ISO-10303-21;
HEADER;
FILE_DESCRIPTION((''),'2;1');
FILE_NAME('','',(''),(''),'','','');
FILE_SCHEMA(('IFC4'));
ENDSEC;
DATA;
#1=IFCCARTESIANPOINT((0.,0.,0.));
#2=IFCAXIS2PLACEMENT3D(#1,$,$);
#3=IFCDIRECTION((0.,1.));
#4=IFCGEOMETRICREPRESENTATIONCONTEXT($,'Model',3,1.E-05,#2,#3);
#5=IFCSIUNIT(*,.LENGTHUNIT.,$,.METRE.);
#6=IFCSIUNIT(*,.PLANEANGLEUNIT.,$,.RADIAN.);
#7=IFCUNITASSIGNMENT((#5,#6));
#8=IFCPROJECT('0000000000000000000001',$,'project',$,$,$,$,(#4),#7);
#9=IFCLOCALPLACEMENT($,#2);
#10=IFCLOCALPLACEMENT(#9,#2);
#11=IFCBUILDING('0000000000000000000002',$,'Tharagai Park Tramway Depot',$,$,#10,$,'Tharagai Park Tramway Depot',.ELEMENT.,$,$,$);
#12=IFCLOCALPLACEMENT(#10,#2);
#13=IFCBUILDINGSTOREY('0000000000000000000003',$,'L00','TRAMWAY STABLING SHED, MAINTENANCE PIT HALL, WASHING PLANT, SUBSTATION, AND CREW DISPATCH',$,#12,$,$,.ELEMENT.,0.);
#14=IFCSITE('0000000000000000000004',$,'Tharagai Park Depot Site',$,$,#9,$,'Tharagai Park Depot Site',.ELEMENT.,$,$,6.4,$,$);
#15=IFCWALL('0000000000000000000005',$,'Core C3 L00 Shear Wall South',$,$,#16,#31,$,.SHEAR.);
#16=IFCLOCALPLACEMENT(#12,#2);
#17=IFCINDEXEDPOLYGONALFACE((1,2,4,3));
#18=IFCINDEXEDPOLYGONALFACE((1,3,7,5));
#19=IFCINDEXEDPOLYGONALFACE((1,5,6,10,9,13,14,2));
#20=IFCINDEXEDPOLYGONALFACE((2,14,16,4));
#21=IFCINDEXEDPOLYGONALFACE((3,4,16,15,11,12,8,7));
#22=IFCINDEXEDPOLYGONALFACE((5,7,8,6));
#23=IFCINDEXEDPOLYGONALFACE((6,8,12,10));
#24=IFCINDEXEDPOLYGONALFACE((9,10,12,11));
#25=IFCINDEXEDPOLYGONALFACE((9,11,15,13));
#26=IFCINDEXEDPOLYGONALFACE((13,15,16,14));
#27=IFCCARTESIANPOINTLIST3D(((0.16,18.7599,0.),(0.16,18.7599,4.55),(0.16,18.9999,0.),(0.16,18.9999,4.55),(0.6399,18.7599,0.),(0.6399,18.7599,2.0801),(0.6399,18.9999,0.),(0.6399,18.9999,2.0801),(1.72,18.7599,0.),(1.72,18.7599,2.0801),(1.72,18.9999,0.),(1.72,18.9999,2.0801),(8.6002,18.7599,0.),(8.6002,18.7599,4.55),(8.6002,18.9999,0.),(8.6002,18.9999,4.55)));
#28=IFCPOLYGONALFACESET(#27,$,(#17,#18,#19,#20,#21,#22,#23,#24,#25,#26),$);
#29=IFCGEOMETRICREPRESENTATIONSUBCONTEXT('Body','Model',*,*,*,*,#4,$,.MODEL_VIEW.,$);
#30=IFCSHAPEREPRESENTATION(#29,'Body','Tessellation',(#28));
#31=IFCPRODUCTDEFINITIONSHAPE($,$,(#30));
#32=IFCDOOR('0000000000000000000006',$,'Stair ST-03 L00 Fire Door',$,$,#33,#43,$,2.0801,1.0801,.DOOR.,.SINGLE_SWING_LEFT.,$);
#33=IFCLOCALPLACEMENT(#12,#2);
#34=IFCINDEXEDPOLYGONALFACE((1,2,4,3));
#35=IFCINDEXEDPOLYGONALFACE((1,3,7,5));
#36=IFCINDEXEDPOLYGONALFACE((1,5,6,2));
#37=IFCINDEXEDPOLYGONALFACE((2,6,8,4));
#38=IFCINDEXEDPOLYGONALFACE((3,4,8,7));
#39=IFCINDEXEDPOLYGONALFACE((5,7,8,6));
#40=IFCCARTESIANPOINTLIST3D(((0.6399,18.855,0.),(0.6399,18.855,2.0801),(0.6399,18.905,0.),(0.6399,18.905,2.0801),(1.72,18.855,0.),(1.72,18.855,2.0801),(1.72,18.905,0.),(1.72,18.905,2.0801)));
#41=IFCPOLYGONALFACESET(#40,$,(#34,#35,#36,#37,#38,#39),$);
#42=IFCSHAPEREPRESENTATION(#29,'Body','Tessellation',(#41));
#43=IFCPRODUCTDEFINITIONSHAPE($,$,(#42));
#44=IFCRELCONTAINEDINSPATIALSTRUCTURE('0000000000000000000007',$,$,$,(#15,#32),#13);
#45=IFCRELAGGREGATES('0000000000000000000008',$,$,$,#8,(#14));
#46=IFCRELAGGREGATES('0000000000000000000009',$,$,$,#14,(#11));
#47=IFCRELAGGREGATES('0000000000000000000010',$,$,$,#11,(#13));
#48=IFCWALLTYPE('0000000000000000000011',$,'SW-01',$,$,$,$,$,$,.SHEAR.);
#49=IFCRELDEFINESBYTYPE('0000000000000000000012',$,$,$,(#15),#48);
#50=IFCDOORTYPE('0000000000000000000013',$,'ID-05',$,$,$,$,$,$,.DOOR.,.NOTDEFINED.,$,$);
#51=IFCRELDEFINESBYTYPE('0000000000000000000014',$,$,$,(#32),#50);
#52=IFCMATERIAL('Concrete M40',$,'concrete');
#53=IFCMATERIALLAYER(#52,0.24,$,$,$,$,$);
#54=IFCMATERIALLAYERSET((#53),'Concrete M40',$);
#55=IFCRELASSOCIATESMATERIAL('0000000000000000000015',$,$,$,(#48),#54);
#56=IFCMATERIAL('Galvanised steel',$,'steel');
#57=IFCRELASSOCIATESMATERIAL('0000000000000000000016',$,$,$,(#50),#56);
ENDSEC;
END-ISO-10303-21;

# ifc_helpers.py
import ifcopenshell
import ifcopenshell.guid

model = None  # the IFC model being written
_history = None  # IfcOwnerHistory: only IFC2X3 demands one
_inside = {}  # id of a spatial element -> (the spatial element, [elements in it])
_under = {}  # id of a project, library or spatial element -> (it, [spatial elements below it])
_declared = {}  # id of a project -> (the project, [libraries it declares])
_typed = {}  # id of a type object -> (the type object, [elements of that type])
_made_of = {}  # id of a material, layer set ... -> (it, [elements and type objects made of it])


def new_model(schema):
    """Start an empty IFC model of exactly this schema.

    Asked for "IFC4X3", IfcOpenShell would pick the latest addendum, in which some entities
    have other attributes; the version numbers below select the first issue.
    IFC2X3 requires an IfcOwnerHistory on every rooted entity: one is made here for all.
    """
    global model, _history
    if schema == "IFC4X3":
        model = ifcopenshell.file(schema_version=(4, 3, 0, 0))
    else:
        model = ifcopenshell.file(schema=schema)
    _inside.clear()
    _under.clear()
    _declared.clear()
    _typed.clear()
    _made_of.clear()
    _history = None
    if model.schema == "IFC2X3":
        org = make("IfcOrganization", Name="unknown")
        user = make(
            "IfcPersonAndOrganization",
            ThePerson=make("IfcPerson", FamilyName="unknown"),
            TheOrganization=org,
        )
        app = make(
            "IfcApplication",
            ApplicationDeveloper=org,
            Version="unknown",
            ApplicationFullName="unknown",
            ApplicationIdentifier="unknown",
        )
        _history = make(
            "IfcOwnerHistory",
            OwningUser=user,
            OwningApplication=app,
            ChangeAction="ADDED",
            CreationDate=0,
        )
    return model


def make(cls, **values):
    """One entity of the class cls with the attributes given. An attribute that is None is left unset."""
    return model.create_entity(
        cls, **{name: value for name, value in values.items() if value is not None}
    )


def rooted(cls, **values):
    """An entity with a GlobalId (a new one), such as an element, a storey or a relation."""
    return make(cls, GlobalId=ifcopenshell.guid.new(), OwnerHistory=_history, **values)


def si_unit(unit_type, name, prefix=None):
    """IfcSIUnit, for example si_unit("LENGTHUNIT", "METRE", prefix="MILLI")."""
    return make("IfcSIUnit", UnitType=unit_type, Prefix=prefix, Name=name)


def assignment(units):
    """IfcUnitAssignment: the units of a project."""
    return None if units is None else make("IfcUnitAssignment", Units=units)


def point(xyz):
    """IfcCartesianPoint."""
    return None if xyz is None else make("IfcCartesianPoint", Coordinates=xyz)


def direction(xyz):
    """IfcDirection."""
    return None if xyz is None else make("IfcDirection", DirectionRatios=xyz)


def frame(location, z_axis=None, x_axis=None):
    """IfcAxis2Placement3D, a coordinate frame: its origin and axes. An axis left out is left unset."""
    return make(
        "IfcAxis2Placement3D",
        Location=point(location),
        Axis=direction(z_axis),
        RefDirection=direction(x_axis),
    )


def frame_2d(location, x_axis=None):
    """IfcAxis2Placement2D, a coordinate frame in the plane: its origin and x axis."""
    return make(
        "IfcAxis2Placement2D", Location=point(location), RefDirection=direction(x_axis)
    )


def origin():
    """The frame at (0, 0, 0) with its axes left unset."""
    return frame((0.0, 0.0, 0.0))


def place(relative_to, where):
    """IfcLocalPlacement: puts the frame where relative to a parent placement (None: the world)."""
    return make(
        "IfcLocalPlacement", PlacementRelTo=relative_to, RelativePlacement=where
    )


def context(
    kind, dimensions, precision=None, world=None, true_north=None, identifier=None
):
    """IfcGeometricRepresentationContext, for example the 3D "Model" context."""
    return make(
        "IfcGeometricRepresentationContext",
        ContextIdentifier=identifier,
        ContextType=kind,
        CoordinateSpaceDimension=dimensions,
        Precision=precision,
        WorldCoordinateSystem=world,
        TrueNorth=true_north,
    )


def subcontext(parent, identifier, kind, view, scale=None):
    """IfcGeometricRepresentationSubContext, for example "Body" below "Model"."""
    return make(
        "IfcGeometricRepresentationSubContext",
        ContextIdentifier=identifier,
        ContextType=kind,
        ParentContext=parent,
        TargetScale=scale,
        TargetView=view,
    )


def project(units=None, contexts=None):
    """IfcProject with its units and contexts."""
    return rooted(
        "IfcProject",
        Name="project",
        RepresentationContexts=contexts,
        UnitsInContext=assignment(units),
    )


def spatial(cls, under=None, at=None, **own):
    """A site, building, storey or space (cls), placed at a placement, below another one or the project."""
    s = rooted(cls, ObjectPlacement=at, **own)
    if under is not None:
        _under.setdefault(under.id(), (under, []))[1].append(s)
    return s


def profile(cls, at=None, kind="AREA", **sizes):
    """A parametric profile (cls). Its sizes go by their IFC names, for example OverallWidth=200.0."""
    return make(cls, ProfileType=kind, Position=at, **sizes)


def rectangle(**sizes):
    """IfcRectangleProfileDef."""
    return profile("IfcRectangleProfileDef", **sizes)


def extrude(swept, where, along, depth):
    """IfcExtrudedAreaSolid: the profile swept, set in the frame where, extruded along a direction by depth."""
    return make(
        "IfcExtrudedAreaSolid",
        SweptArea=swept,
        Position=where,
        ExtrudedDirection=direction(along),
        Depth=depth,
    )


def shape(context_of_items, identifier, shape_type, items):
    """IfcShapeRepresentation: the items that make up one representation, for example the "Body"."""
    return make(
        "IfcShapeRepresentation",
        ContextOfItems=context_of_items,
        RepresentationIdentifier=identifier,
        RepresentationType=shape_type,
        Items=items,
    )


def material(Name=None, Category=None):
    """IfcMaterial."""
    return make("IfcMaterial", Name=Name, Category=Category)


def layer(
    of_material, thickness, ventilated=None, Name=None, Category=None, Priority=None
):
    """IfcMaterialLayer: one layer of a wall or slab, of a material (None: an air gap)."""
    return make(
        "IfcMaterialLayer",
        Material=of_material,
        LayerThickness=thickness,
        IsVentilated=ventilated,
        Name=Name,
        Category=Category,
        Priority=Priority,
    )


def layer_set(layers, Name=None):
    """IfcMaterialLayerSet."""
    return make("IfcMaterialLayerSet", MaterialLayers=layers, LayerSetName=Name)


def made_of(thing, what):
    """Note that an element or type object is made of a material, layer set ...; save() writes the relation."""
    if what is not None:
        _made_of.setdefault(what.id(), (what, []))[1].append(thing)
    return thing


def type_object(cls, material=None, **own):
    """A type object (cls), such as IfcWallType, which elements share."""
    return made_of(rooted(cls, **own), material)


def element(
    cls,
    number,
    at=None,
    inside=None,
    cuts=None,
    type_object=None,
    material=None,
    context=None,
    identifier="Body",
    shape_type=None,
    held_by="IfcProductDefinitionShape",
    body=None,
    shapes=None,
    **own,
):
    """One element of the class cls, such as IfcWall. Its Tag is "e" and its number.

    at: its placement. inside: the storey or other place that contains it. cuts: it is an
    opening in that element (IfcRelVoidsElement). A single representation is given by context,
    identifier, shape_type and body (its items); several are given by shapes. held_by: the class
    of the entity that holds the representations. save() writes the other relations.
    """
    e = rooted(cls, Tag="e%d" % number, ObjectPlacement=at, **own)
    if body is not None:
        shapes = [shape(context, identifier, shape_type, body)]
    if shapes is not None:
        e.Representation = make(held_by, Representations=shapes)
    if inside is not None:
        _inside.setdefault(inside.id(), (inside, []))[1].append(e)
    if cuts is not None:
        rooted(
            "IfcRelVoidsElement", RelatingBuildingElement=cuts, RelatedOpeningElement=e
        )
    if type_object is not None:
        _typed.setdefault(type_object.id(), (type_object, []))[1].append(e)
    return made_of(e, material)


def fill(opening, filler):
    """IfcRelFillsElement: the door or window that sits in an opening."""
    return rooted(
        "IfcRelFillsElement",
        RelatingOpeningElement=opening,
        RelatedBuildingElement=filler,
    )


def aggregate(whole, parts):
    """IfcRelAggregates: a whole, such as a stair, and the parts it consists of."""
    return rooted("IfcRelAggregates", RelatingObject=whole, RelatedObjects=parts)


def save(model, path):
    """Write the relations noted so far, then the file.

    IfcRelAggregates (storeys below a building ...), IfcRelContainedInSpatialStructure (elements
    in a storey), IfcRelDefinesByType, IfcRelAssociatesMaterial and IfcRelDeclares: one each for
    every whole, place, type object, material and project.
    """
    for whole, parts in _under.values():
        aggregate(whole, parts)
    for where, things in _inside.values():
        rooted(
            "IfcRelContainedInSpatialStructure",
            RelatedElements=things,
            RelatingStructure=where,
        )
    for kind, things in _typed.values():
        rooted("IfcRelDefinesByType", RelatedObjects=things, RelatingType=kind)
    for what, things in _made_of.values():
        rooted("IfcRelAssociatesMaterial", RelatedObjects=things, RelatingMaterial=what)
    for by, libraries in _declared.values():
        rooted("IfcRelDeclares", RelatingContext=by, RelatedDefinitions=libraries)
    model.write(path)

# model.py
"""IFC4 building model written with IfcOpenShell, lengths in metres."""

from ifc_helpers import new_model, si_unit, direction, frame, frame_2d, origin, place, context, subcontext, project, spatial, rectangle, extrude, material, layer, layer_set, type_object, element, fill, save


model = new_model("IFC4")

# Units and contexts
model_context = context("Model", 3, precision=1e-05, world=origin(), true_north=direction((0.0, 1.0)))
body_context = subcontext(model_context, "Body", "Model", "MODEL_VIEW")
ifc_project = project(units=[si_unit("LENGTHUNIT", "METRE"), si_unit("PLANEANGLEUNIT", "RADIAN")], contexts=[model_context])

# Site, building, storey
site_placement = place(None, origin())
site = spatial("IfcSite", under=ifc_project, at=site_placement, Name="Tharagai Park Depot Site", LongName="Tharagai Park Depot Site", CompositionType="ELEMENT", RefElevation=6.4)
building_placement = place(site_placement, origin())
building = spatial("IfcBuilding", under=site, at=building_placement, Name="Tharagai Park Tramway Depot", LongName="Tharagai Park Tramway Depot", CompositionType="ELEMENT")
storey_placement = place(building_placement, origin())
storey = spatial("IfcBuildingStorey", under=building, at=storey_placement, Name="L00", Description="TRAMWAY STABLING SHED, MAINTENANCE PIT HALL, WASHING PLANT, SUBSTATION, AND CREW DISPATCH", CompositionType="ELEMENT", Elevation=0.0)

# Shared definitions
ifc_material_1 = material(Name="Concrete M40", Category="concrete")

# Wall, opening, door
ifc_layer_1 = layer(ifc_material_1, 0.24)
ifc_layer_set_1 = layer_set([ifc_layer_1], Name="Concrete M40")
wall_type_1 = type_object("IfcWallType", Name="SW-01", PredefinedType="SHEAR", material=ifc_layer_set_1)
wall_1_placement = place(storey_placement, frame((0.1599, 18.8799, 0.0), z_axis=(0.0, 0.0, 1.0), x_axis=(1.0, 0.0, 0.0)))
wall_1 = element("IfcWall", 1, at=wall_1_placement, inside=storey, type_object=wall_type_1, Name="Core C3 L00 Shear Wall South", PredefinedType="SHEAR", context=body_context, shape_type="SweptSolid", body=[
    extrude(rectangle(XDim=8.4402, YDim=0.24, at=frame_2d((4.2202, 0.0))), origin(), (0.0, 0.0, 1.0), 4.55),
])
opening_1_placement = place(wall_1_placement, frame((0.48, 0.0, 0.0)))
opening_1 = element("IfcOpeningElement", 2, at=opening_1_placement, cuts=wall_1, PredefinedType="OPENING", context=body_context, shape_type="SweptSolid", body=[
    extrude(rectangle(XDim=1.0801, YDim=2.0801, at=frame_2d((0.54, 1.04))), frame((0.0, 0.1299, 0.0), z_axis=(0.0, -1.0, 0.0), x_axis=(1.0, 0.0, 0.0)), (0.0, 0.0, 1.0), 0.26),
])
ifc_material_2 = material(Name="Galvanised steel", Category="steel")
door_type_1 = type_object("IfcDoorType", Name="ID-05", OperationType="NOTDEFINED", PredefinedType="DOOR", material=ifc_material_2)
door_1_placement = place(opening_1_placement, frame((1.0801, 0.0, 0.0), z_axis=(0.0, 0.0, 1.0), x_axis=(-1.0, 0.0, 0.0)))
door_1 = element("IfcDoor", 3, at=door_1_placement, inside=storey, type_object=door_type_1, Name="Stair ST-03 L00 Fire Door", OperationType="SINGLE_SWING_LEFT", OverallHeight=2.0801, OverallWidth=1.0801, PredefinedType="DOOR", context=body_context, shape_type="SweptSolid", body=[
    extrude(rectangle(XDim=1.0801, YDim=2.0801, at=frame_2d((0.54, 1.04))), frame((0.0, 0.0249, 0.0), z_axis=(0.0, -1.0, 0.0), x_axis=(1.0, 0.0, 0.0)), (0.0, 0.0, 1.0), 0.05),
])
fill(opening_1, door_1)

save(model, "model.ifc")
